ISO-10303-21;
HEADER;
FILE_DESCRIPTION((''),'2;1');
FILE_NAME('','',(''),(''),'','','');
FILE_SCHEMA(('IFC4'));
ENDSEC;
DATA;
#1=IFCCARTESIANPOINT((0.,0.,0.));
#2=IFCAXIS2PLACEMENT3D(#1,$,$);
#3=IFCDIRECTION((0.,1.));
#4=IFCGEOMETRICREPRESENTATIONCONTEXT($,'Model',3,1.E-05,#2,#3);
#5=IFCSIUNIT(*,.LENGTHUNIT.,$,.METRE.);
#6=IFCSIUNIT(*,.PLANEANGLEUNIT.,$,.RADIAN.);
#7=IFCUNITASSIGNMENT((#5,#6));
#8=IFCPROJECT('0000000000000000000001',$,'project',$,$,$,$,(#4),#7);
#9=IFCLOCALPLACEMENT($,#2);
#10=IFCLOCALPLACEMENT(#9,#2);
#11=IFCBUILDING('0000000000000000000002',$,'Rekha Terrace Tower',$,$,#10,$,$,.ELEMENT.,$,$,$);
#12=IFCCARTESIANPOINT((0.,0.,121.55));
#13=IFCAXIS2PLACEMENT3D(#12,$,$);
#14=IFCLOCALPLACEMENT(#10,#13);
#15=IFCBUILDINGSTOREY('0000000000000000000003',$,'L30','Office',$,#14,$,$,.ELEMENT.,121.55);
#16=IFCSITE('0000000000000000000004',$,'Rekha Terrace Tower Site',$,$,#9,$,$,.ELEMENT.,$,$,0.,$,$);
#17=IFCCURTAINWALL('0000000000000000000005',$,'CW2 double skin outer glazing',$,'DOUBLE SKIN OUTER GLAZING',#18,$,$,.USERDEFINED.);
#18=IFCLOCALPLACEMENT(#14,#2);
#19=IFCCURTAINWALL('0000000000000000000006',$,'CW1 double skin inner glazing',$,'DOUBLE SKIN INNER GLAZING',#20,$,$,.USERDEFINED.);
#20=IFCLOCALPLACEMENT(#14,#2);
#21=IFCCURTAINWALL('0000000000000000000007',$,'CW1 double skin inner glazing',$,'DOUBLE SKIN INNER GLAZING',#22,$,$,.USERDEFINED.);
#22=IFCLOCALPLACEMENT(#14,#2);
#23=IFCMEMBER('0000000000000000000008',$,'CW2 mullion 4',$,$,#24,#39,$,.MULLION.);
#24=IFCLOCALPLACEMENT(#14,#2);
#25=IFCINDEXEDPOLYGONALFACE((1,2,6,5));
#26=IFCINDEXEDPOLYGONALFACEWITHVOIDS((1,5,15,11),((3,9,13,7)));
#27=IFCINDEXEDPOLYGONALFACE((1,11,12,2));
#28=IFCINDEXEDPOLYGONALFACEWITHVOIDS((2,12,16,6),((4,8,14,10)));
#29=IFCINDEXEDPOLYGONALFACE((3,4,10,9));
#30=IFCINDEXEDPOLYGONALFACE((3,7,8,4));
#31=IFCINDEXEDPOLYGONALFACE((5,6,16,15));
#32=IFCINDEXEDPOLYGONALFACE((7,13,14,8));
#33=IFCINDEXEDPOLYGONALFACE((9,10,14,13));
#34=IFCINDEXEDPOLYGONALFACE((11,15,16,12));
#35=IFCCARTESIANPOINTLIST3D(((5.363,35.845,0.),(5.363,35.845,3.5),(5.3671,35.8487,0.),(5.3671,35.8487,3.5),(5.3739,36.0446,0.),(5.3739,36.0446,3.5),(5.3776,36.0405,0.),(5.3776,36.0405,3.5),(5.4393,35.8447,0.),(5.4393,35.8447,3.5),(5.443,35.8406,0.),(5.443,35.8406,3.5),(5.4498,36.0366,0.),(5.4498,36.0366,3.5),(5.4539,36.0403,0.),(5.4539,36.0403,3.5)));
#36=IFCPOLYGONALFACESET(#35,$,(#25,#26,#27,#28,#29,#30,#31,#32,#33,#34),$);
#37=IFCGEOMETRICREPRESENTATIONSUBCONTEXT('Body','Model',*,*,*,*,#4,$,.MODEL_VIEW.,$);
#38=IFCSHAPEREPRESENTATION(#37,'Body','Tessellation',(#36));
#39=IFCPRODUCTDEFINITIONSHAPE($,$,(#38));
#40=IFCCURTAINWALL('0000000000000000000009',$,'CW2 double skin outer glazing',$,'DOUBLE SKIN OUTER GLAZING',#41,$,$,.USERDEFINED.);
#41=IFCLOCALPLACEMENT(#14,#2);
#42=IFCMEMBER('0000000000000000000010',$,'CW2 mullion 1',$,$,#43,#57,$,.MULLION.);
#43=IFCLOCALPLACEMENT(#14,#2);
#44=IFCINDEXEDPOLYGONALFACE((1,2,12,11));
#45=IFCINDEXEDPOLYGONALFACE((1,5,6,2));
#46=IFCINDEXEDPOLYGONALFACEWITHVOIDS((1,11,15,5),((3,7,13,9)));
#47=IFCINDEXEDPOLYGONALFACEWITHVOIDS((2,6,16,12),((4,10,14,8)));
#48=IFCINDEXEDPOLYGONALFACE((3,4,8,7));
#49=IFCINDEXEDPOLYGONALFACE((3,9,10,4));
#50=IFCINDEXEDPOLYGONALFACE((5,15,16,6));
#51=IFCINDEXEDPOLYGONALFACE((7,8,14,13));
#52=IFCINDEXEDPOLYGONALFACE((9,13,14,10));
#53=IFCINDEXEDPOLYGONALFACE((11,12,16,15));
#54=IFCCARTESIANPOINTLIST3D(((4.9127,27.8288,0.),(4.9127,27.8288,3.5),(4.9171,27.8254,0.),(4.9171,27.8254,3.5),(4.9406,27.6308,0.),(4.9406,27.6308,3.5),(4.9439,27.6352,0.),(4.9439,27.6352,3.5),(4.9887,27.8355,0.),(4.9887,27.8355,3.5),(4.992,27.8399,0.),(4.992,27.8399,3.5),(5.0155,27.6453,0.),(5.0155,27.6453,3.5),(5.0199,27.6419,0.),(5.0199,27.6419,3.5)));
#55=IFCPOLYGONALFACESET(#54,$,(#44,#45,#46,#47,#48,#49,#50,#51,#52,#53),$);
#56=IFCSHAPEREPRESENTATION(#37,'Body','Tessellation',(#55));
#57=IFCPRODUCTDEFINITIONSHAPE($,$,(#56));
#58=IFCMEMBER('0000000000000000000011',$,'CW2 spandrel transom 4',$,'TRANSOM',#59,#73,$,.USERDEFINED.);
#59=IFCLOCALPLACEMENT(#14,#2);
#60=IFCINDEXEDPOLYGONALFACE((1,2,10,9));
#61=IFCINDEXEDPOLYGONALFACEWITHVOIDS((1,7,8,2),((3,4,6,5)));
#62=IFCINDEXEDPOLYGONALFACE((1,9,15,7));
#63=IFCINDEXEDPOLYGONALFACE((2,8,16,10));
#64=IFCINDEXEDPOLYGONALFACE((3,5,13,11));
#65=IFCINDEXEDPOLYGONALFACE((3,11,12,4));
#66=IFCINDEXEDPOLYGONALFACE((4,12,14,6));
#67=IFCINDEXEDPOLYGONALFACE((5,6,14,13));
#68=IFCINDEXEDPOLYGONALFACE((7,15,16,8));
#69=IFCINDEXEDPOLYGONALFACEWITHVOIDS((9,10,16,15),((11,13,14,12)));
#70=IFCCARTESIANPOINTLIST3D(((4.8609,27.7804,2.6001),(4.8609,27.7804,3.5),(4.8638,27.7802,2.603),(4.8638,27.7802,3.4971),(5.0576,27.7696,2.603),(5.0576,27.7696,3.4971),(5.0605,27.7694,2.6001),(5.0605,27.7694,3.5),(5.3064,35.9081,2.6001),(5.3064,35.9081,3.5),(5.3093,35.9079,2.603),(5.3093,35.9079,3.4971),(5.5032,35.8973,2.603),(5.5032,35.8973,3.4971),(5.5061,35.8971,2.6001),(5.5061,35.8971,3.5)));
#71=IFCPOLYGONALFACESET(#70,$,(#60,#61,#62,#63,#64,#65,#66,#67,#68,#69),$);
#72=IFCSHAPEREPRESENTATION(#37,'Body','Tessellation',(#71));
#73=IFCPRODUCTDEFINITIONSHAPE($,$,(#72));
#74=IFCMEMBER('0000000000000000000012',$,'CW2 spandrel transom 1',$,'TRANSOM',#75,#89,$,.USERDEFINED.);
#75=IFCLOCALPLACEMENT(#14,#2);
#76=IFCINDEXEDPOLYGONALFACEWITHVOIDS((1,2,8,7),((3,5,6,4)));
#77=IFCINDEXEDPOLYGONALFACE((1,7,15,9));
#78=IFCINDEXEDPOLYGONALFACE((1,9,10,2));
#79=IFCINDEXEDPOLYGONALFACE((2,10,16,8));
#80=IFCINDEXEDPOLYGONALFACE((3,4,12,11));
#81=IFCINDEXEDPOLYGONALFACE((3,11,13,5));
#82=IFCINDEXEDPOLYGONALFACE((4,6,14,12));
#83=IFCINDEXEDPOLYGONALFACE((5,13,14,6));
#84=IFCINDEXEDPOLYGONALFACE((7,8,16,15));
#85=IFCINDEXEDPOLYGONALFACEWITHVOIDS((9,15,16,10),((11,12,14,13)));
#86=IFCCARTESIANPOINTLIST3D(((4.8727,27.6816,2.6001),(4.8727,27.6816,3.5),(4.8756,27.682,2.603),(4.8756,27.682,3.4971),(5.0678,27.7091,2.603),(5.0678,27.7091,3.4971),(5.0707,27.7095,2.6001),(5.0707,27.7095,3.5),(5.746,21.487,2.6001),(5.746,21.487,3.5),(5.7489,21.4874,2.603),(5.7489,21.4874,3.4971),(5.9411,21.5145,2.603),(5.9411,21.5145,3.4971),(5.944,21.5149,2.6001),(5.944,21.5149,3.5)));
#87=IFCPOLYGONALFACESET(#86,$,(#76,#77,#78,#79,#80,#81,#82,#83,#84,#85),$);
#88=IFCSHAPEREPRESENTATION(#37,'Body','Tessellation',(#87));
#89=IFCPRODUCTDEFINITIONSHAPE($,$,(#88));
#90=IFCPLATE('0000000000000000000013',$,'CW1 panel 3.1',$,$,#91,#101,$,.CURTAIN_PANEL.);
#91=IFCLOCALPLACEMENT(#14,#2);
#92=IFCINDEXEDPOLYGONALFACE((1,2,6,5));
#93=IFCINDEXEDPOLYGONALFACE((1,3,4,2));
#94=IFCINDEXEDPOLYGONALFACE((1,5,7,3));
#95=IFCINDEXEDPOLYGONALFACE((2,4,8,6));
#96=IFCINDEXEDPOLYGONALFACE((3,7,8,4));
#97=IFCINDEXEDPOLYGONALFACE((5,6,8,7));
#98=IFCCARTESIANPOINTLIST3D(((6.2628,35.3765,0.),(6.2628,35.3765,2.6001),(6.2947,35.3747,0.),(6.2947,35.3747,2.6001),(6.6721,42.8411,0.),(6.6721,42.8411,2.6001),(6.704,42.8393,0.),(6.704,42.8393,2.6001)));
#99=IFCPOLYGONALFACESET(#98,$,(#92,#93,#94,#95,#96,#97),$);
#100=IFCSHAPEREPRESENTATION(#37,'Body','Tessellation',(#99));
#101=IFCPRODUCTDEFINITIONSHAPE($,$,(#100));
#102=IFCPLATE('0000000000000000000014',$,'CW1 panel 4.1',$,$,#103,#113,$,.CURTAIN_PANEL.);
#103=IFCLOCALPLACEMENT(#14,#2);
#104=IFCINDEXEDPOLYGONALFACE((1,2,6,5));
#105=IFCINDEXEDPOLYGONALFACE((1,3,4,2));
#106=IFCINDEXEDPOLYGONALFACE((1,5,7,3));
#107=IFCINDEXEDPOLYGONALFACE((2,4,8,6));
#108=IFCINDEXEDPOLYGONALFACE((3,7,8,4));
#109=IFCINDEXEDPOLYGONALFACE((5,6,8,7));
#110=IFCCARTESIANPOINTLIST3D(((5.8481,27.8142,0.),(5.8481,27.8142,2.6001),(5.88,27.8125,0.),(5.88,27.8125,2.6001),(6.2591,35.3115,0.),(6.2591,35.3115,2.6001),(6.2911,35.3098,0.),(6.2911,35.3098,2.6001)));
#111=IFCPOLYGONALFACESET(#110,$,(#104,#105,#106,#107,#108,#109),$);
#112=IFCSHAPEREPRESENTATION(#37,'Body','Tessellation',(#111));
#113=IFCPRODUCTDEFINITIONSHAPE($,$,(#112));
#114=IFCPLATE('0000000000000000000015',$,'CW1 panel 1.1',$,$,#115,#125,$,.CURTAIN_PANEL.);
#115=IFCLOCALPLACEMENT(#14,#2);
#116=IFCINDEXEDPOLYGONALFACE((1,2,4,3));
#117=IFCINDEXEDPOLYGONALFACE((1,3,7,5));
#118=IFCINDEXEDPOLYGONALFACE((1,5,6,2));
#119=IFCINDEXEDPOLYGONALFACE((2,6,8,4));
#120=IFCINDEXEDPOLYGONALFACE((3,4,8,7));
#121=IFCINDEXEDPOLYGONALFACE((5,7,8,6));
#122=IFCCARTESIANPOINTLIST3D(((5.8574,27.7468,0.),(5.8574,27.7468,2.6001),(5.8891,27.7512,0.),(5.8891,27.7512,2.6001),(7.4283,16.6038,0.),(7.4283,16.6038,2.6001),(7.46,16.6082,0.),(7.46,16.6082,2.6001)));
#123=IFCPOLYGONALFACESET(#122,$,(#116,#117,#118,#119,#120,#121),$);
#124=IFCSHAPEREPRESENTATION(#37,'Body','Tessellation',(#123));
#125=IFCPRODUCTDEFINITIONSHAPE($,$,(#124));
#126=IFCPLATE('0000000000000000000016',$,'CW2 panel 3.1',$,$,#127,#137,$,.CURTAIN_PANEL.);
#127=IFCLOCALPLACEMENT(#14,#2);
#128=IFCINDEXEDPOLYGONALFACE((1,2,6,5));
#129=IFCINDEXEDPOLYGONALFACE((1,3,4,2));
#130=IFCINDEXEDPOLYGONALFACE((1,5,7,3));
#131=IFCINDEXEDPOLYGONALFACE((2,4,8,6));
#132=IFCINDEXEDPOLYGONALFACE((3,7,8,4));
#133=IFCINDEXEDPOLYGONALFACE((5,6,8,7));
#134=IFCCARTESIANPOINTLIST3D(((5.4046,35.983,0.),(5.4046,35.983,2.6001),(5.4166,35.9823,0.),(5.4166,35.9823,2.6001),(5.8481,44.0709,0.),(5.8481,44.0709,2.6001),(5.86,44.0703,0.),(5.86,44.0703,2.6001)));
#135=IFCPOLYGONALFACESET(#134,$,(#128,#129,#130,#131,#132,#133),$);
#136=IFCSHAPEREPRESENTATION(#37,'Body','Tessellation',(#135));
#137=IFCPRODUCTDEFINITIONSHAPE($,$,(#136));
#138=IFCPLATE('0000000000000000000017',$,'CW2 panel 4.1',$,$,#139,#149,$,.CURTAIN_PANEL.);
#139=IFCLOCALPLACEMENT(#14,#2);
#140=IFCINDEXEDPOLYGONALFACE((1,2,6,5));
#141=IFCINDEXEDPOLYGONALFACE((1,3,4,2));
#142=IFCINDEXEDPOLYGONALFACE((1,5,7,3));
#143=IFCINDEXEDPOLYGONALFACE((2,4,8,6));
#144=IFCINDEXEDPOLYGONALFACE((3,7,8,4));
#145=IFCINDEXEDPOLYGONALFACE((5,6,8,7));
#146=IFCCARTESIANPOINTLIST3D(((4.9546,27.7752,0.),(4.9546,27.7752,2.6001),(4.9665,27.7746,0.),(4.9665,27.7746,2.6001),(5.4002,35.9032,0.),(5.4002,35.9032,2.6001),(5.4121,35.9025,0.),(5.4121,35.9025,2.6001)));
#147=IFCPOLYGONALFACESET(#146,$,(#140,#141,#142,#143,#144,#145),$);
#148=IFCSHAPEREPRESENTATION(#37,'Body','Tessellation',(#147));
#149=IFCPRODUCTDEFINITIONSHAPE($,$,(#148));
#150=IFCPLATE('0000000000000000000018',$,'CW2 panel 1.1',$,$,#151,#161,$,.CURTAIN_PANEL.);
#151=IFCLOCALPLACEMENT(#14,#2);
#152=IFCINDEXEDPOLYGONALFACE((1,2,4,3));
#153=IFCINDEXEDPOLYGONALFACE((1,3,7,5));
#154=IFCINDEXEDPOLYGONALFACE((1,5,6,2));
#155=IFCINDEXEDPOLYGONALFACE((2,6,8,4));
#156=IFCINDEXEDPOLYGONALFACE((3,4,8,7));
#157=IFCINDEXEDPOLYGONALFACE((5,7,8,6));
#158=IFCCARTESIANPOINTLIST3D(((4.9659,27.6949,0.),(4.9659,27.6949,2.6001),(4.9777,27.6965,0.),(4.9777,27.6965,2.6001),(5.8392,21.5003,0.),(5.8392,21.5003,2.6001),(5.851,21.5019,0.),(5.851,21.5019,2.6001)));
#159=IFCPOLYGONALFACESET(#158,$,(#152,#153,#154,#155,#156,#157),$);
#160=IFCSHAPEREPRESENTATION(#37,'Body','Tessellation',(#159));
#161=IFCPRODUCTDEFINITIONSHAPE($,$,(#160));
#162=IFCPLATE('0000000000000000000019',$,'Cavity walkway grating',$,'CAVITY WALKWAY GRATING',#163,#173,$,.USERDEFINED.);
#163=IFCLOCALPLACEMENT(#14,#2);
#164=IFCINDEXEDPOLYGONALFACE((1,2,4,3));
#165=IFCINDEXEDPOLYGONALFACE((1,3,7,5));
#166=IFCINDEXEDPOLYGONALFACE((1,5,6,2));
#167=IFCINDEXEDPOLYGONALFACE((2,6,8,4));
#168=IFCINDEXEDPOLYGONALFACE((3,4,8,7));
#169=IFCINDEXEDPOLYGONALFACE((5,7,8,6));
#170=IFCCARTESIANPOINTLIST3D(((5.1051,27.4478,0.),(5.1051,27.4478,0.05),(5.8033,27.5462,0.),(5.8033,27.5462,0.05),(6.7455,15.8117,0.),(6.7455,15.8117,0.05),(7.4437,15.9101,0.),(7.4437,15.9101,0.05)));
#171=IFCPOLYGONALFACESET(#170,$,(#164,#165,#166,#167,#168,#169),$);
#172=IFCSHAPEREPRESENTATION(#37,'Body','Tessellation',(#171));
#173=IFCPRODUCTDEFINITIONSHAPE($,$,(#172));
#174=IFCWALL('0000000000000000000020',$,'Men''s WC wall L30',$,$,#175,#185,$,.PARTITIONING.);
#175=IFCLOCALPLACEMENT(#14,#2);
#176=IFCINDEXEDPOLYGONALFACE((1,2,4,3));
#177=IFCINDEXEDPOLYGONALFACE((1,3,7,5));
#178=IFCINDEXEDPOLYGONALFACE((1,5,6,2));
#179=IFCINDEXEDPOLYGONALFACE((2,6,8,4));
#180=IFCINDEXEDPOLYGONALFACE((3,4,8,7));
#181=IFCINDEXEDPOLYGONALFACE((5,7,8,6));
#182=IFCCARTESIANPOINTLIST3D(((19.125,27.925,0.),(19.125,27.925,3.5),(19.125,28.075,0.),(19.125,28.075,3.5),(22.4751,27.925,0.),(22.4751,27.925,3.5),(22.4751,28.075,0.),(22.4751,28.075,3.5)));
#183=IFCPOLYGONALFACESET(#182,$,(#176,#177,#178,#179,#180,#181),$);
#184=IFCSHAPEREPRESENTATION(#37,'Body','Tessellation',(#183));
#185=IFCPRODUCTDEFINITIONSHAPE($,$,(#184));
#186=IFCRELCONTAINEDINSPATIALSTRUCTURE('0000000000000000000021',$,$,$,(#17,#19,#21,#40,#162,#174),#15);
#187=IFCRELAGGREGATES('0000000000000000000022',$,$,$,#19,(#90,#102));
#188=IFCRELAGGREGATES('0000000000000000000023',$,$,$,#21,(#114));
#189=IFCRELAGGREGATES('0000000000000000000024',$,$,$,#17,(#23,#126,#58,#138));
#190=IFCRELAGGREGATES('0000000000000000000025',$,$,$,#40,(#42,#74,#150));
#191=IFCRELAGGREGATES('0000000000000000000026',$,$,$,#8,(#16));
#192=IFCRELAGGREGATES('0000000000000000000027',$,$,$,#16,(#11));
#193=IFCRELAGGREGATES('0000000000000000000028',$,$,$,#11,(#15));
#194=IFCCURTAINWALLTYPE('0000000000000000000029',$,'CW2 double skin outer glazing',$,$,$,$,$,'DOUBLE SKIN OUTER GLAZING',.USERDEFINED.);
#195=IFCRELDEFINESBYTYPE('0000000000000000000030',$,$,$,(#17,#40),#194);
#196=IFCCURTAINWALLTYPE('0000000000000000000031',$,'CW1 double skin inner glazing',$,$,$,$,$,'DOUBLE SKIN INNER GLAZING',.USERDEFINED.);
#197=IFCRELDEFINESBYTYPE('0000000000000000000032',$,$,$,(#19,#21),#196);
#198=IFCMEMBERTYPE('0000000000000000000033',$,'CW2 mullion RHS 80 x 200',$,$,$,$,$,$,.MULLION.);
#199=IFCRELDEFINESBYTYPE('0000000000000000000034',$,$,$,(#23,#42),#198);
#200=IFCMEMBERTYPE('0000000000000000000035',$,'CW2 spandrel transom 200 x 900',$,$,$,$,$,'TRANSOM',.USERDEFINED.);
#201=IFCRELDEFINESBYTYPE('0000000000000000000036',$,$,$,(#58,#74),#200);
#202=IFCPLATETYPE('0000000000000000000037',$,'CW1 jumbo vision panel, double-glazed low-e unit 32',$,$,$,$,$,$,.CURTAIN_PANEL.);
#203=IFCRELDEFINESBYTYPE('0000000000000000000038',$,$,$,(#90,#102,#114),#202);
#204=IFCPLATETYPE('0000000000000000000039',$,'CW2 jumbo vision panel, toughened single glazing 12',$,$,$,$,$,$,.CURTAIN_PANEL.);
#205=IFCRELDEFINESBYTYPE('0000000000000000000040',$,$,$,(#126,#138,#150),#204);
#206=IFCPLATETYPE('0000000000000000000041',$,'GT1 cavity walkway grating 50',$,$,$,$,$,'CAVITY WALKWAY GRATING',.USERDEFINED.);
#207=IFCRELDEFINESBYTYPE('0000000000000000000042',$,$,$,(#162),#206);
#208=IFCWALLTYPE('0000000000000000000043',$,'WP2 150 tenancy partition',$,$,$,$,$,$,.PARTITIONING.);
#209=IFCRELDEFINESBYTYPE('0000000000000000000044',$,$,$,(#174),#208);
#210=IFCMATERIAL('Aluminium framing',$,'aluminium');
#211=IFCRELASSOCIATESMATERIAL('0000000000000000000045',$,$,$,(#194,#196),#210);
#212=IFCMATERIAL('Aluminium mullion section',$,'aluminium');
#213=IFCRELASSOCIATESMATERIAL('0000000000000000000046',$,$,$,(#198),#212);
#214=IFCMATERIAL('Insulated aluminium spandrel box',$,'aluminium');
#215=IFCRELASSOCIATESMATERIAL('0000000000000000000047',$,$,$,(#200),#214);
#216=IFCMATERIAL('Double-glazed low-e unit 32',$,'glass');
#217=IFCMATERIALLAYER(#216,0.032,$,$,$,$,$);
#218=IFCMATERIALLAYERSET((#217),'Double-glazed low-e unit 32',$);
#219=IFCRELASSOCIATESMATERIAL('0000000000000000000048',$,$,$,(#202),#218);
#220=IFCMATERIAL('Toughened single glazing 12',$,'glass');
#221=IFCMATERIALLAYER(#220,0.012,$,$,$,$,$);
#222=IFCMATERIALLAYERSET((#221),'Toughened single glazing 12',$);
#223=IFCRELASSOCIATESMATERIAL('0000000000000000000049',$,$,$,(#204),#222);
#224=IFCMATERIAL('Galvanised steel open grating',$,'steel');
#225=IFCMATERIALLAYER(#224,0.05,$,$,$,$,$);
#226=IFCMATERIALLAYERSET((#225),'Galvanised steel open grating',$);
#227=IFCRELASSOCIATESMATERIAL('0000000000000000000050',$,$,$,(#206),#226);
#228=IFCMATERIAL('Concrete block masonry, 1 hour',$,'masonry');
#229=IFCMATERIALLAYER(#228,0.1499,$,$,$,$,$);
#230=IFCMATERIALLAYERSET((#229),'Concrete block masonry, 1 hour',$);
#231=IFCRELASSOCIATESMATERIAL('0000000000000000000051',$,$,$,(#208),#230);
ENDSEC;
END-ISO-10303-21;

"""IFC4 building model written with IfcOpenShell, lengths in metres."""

from ifc_helpers import new_model, si_unit, direction, frame, frame_2d, origin, origin_2d, place, context, subcontext, project, spatial, rectangle, hollow_rectangle, extrude, material, layer, layer_set, material_profile, profile_set, type_object, element, aggregate, save


model = new_model("IFC4")

# Units and contexts
model_context = context("Model", 3, precision=1e-05, world=origin(), true_north=direction((0.0, 1.0)))
body_context = subcontext(model_context, "Body", "Model", "MODEL_VIEW")
ifc_project = project(units=[si_unit("LENGTHUNIT", "METRE"), si_unit("PLANEANGLEUNIT", "RADIAN")], contexts=[model_context])

# Site, building, storey
site_placement = place(None, origin())
site = spatial("IfcSite", under=ifc_project, at=site_placement, Name="Rekha Terrace Tower Site", CompositionType="ELEMENT", RefElevation=0.0)
building_placement = place(site_placement, origin())
building = spatial("IfcBuilding", under=site, at=building_placement, Name="Rekha Terrace Tower", CompositionType="ELEMENT")
storey_placement = place(building_placement, frame((0.0, 0.0, 121.55)))
storey = spatial("IfcBuildingStorey", under=building, at=storey_placement, Name="L30", Description="Office", CompositionType="ELEMENT", Elevation=121.55)

# Curtain walls
ifc_material_1 = material(Name="Aluminium framing", Category="aluminium")
curtain_wall_type_1 = type_object("IfcCurtainWallType", Name="CW2 double skin outer glazing", ElementType="DOUBLE SKIN OUTER GLAZING", PredefinedType="USERDEFINED", material=ifc_material_1)
curtain_wall_1_placement = place(storey_placement, origin())
curtain_wall_1 = element("IfcCurtainWall", 1, at=curtain_wall_1_placement, inside=storey, type_object=curtain_wall_type_1, Name="CW2 double skin outer glazing", ObjectType="DOUBLE SKIN OUTER GLAZING", PredefinedType="USERDEFINED")
curtain_wall_type_2 = type_object("IfcCurtainWallType", Name="CW1 double skin inner glazing", ElementType="DOUBLE SKIN INNER GLAZING", PredefinedType="USERDEFINED", material=ifc_material_1)
curtain_wall_2_placement = place(storey_placement, origin())
curtain_wall_2 = element("IfcCurtainWall", 2, at=curtain_wall_2_placement, inside=storey, type_object=curtain_wall_type_2, Name="CW1 double skin inner glazing", ObjectType="DOUBLE SKIN INNER GLAZING", PredefinedType="USERDEFINED")
ifc_material_2 = material(Name="Aluminium mullion section", Category="aluminium")
curtain_wall_3_placement = place(storey_placement, origin())
curtain_wall_3 = element("IfcCurtainWall", 3, at=curtain_wall_3_placement, inside=storey, type_object=curtain_wall_type_2, Name="CW1 double skin inner glazing", ObjectType="DOUBLE SKIN INNER GLAZING", PredefinedType="USERDEFINED")

# Member
ifc_material_3 = material(Name="Insulated aluminium spandrel box", Category="aluminium")
ifc_material_profile_1 = material_profile(ifc_material_2, hollow_rectangle(XDim=0.0801, YDim=0.2, WallThickness=0.0039, at=origin_2d()), Name="AL RHS 80x200")
ifc_profile_set_1 = profile_set([ifc_material_profile_1], Name="Aluminium mullion section")
member_type_1 = type_object("IfcMemberType", Name="CW2 mullion RHS 80 x 200", PredefinedType="MULLION", material=ifc_profile_set_1)
member_1_placement = place(storey_placement, frame((5.4084, 35.9426, 0.0), z_axis=(0.0, 0.0, 1.0), x_axis=(0.998501, -0.054742, 0.0)))
member_1 = element("IfcMember", 4, at=member_1_placement, type_object=member_type_1, Name="CW2 mullion 4", PredefinedType="MULLION", context=body_context, shape_type="SweptSolid", body=[
    extrude(hollow_rectangle(XDim=0.0801, YDim=0.2, WallThickness=0.0039, at=origin_2d()), origin(), (0.0, 0.0, 1.0), 3.5),
])

# Curtain wall, member
curtain_wall_4_placement = place(storey_placement, origin())
curtain_wall_4 = element("IfcCurtainWall", 5, at=curtain_wall_4_placement, inside=storey, type_object=curtain_wall_type_1, Name="CW2 double skin outer glazing", ObjectType="DOUBLE SKIN OUTER GLAZING", PredefinedType="USERDEFINED")
member_2_placement = place(storey_placement, frame((4.9663, 27.7354, 0.0), z_axis=(0.0, 0.0, 1.0), x_axis=(0.990208, 0.139597, 0.0)))
member_2 = element("IfcMember", 6, at=member_2_placement, type_object=member_type_1, Name="CW2 mullion 1", PredefinedType="MULLION", context=body_context, shape_type="SweptSolid", body=[
    extrude(hollow_rectangle(XDim=0.0801, YDim=0.2, WallThickness=0.0039, at=origin_2d()), origin(), (0.0, 0.0, 1.0), 3.5),
])

# Members
ifc_material_profile_2 = material_profile(ifc_material_3, hollow_rectangle(XDim=0.2, YDim=0.8999, WallThickness=0.0029, at=origin_2d()), Name="AL SPANDREL BOX 200x900")
ifc_profile_set_2 = profile_set([ifc_material_profile_2], Name="Insulated aluminium spandrel box")
member_type_2 = type_object("IfcMemberType", Name="CW2 spandrel transom 200 x 900", ElementType="TRANSOM", PredefinedType="USERDEFINED", material=ifc_profile_set_2)
member_3_placement = place(storey_placement, frame((5.4062, 35.9026, 3.05), z_axis=(-0.054737, -0.998501, 0.0), x_axis=(0.998501, -0.054737, 0.0)))
member_3 = element("IfcMember", 7, at=member_3_placement, type_object=member_type_2, Name="CW2 spandrel transom 4", ObjectType="TRANSOM", PredefinedType="USERDEFINED", context=body_context, shape_type="SweptSolid", body=[
    extrude(hollow_rectangle(XDim=0.2, YDim=0.8999, WallThickness=0.0029, at=origin_2d()), origin(), (0.0, 0.0, 1.0), 8.1399),
])
member_4_placement = place(storey_placement, frame((4.9717, 27.6956, 3.05), z_axis=(0.139596, -0.990209, 0.0), x_axis=(0.990209, 0.139596, 0.0)))
member_4 = element("IfcMember", 8, at=member_4_placement, type_object=member_type_2, Name="CW2 spandrel transom 1", ObjectType="TRANSOM", PredefinedType="USERDEFINED", context=body_context, shape_type="SweptSolid", body=[
    extrude(hollow_rectangle(XDim=0.2, YDim=0.8999, WallThickness=0.0029, at=origin_2d()), origin(), (0.0, 0.0, 1.0), 6.2559),
])

# Plates
ifc_material_4 = material(Name="Double-glazed low-e unit 32", Category="glass")
ifc_layer_1 = layer(ifc_material_4, 0.032)
ifc_layer_set_1 = layer_set([ifc_layer_1], Name="Double-glazed low-e unit 32")
plate_type_1 = type_object("IfcPlateType", Name="CW1 jumbo vision panel, double-glazed low-e unit 32", PredefinedType="CURTAIN_PANEL", material=ifc_layer_set_1)
plate_1_placement = place(storey_placement, frame((6.4834, 39.1079, 0.0), z_axis=(0.0, 0.0, 1.0), x_axis=(-0.054742, -0.998501, 0.0)))
plate_1 = element("IfcPlate", 9, at=plate_1_placement, type_object=plate_type_1, Name="CW1 panel 3.1", PredefinedType="CURTAIN_PANEL", context=body_context, shape_type="SweptSolid", body=[
    extrude(rectangle(XDim=7.4758, YDim=0.032, at=origin_2d()), origin(), (0.0, 0.0, 1.0), 2.6001),
])
plate_2_placement = place(storey_placement, frame((6.0696, 31.562, 0.0), z_axis=(0.0, 0.0, 1.0), x_axis=(-0.054742, -0.998501, 0.0)))
plate_2 = element("IfcPlate", 10, at=plate_2_placement, type_object=plate_type_1, Name="CW1 panel 4.1", PredefinedType="CURTAIN_PANEL", context=body_context, shape_type="SweptSolid", body=[
    extrude(rectangle(XDim=7.5085, YDim=0.032, at=origin_2d()), origin(), (0.0, 0.0, 1.0), 2.6001),
])
aggregate(curtain_wall_2, [plate_1, plate_2])
plate_3_placement = place(storey_placement, frame((6.6587, 22.1775, 0.0), z_axis=(0.0, 0.0, 1.0), x_axis=(0.139597, -0.990208, 0.0)))
plate_3 = element("IfcPlate", 11, at=plate_3_placement, type_object=plate_type_1, Name="CW1 panel 1.1", PredefinedType="CURTAIN_PANEL", context=body_context, shape_type="SweptSolid", body=[
    extrude(rectangle(XDim=11.2532, YDim=0.032, at=origin_2d()), origin(), (0.0, 0.0, 1.0), 2.6001),
])
aggregate(curtain_wall_3, [plate_3])
ifc_material_5 = material(Name="Toughened single glazing 12", Category="glass")
ifc_layer_2 = layer(ifc_material_5, 0.012)
ifc_layer_set_2 = layer_set([ifc_layer_2], Name="Toughened single glazing 12")
plate_type_2 = type_object("IfcPlateType", Name="CW2 jumbo vision panel, toughened single glazing 12", PredefinedType="CURTAIN_PANEL", material=ifc_layer_set_2)
plate_4_placement = place(storey_placement, frame((5.6323, 40.0266, 0.0), z_axis=(0.0, 0.0, 1.0), x_axis=(-0.054742, -0.998501, 0.0)))
plate_4 = element("IfcPlate", 12, at=plate_4_placement, type_object=plate_type_2, Name="CW2 panel 3.1", PredefinedType="CURTAIN_PANEL", context=body_context, shape_type="SweptSolid", body=[
    extrude(rectangle(XDim=8.1001, YDim=0.012, at=origin_2d()), origin(), (0.0, 0.0, 1.0), 2.6001),
])
plate_5_placement = place(storey_placement, frame((5.1833, 31.8389, 0.0), z_axis=(0.0, 0.0, 1.0), x_axis=(-0.054742, -0.998501, 0.0)))
plate_5 = element("IfcPlate", 13, at=plate_5_placement, type_object=plate_type_2, Name="CW2 panel 4.1", PredefinedType="CURTAIN_PANEL", context=body_context, shape_type="SweptSolid", body=[
    extrude(rectangle(XDim=8.1401, YDim=0.012, at=origin_2d()), origin(), (0.0, 0.0, 1.0), 2.6001),
])
aggregate(curtain_wall_1, [member_1, plate_4, member_3, plate_5])
plate_6_placement = place(storey_placement, frame((5.4084, 24.5984, 0.0), z_axis=(0.0, 0.0, 1.0), x_axis=(0.139597, -0.990208, 0.0)))
plate_6 = element("IfcPlate", 14, at=plate_6_placement, type_object=plate_type_2, Name="CW2 panel 1.1", PredefinedType="CURTAIN_PANEL", context=body_context, shape_type="SweptSolid", body=[
    extrude(rectangle(XDim=6.2559, YDim=0.012, at=origin_2d()), origin(), (0.0, 0.0, 1.0), 2.6001),
])
aggregate(curtain_wall_4, [member_2, member_4, plate_6])
ifc_material_6 = material(Name="Galvanised steel open grating", Category="steel")
ifc_layer_3 = layer(ifc_material_6, 0.05)
ifc_layer_set_3 = layer_set([ifc_layer_3], Name="Galvanised steel open grating")
plate_type_3 = type_object("IfcPlateType", Name="GT1 cavity walkway grating 50", ElementType="CAVITY WALKWAY GRATING", PredefinedType="USERDEFINED", material=ifc_layer_set_3)
plate_7_placement = place(storey_placement, frame((6.2744, 21.679, 0.0), z_axis=(0.0, 0.0, 1.0), x_axis=(0.139597, -0.990208, 0.0)))
element("IfcPlate", 15, at=plate_7_placement, inside=storey, type_object=plate_type_3, Name="Cavity walkway grating", ObjectType="CAVITY WALKWAY GRATING", PredefinedType="USERDEFINED", context=body_context, shape_type="SweptSolid", body=[
    extrude(rectangle(XDim=11.7512, YDim=0.7051, at=origin_2d()), origin(), (0.0, 0.0, 1.0), 0.05),
])

# Wall
ifc_material_7 = material(Name="Concrete block masonry, 1 hour", Category="masonry")
ifc_layer_4 = layer(ifc_material_7, 0.1499)
ifc_layer_set_4 = layer_set([ifc_layer_4], Name="Concrete block masonry, 1 hour")
wall_type = type_object("IfcWallType", Name="WP2 150 tenancy partition", PredefinedType="PARTITIONING", material=ifc_layer_set_4)
wall_1_placement = place(storey_placement, frame((19.125, 28.0, 0.0), z_axis=(0.0, 0.0, 1.0), x_axis=(1.0, 0.0, 0.0)))
element("IfcWall", 16, at=wall_1_placement, inside=storey, type_object=wall_type, Name="Men's WC wall L30", PredefinedType="PARTITIONING", context=body_context, shape_type="SweptSolid", body=[
    extrude(rectangle(XDim=3.3501, YDim=0.1499, at=frame_2d((1.675, 0.0))), origin(), (0.0, 0.0, 1.0), 3.5),
])

save(model, "model.ifc")
